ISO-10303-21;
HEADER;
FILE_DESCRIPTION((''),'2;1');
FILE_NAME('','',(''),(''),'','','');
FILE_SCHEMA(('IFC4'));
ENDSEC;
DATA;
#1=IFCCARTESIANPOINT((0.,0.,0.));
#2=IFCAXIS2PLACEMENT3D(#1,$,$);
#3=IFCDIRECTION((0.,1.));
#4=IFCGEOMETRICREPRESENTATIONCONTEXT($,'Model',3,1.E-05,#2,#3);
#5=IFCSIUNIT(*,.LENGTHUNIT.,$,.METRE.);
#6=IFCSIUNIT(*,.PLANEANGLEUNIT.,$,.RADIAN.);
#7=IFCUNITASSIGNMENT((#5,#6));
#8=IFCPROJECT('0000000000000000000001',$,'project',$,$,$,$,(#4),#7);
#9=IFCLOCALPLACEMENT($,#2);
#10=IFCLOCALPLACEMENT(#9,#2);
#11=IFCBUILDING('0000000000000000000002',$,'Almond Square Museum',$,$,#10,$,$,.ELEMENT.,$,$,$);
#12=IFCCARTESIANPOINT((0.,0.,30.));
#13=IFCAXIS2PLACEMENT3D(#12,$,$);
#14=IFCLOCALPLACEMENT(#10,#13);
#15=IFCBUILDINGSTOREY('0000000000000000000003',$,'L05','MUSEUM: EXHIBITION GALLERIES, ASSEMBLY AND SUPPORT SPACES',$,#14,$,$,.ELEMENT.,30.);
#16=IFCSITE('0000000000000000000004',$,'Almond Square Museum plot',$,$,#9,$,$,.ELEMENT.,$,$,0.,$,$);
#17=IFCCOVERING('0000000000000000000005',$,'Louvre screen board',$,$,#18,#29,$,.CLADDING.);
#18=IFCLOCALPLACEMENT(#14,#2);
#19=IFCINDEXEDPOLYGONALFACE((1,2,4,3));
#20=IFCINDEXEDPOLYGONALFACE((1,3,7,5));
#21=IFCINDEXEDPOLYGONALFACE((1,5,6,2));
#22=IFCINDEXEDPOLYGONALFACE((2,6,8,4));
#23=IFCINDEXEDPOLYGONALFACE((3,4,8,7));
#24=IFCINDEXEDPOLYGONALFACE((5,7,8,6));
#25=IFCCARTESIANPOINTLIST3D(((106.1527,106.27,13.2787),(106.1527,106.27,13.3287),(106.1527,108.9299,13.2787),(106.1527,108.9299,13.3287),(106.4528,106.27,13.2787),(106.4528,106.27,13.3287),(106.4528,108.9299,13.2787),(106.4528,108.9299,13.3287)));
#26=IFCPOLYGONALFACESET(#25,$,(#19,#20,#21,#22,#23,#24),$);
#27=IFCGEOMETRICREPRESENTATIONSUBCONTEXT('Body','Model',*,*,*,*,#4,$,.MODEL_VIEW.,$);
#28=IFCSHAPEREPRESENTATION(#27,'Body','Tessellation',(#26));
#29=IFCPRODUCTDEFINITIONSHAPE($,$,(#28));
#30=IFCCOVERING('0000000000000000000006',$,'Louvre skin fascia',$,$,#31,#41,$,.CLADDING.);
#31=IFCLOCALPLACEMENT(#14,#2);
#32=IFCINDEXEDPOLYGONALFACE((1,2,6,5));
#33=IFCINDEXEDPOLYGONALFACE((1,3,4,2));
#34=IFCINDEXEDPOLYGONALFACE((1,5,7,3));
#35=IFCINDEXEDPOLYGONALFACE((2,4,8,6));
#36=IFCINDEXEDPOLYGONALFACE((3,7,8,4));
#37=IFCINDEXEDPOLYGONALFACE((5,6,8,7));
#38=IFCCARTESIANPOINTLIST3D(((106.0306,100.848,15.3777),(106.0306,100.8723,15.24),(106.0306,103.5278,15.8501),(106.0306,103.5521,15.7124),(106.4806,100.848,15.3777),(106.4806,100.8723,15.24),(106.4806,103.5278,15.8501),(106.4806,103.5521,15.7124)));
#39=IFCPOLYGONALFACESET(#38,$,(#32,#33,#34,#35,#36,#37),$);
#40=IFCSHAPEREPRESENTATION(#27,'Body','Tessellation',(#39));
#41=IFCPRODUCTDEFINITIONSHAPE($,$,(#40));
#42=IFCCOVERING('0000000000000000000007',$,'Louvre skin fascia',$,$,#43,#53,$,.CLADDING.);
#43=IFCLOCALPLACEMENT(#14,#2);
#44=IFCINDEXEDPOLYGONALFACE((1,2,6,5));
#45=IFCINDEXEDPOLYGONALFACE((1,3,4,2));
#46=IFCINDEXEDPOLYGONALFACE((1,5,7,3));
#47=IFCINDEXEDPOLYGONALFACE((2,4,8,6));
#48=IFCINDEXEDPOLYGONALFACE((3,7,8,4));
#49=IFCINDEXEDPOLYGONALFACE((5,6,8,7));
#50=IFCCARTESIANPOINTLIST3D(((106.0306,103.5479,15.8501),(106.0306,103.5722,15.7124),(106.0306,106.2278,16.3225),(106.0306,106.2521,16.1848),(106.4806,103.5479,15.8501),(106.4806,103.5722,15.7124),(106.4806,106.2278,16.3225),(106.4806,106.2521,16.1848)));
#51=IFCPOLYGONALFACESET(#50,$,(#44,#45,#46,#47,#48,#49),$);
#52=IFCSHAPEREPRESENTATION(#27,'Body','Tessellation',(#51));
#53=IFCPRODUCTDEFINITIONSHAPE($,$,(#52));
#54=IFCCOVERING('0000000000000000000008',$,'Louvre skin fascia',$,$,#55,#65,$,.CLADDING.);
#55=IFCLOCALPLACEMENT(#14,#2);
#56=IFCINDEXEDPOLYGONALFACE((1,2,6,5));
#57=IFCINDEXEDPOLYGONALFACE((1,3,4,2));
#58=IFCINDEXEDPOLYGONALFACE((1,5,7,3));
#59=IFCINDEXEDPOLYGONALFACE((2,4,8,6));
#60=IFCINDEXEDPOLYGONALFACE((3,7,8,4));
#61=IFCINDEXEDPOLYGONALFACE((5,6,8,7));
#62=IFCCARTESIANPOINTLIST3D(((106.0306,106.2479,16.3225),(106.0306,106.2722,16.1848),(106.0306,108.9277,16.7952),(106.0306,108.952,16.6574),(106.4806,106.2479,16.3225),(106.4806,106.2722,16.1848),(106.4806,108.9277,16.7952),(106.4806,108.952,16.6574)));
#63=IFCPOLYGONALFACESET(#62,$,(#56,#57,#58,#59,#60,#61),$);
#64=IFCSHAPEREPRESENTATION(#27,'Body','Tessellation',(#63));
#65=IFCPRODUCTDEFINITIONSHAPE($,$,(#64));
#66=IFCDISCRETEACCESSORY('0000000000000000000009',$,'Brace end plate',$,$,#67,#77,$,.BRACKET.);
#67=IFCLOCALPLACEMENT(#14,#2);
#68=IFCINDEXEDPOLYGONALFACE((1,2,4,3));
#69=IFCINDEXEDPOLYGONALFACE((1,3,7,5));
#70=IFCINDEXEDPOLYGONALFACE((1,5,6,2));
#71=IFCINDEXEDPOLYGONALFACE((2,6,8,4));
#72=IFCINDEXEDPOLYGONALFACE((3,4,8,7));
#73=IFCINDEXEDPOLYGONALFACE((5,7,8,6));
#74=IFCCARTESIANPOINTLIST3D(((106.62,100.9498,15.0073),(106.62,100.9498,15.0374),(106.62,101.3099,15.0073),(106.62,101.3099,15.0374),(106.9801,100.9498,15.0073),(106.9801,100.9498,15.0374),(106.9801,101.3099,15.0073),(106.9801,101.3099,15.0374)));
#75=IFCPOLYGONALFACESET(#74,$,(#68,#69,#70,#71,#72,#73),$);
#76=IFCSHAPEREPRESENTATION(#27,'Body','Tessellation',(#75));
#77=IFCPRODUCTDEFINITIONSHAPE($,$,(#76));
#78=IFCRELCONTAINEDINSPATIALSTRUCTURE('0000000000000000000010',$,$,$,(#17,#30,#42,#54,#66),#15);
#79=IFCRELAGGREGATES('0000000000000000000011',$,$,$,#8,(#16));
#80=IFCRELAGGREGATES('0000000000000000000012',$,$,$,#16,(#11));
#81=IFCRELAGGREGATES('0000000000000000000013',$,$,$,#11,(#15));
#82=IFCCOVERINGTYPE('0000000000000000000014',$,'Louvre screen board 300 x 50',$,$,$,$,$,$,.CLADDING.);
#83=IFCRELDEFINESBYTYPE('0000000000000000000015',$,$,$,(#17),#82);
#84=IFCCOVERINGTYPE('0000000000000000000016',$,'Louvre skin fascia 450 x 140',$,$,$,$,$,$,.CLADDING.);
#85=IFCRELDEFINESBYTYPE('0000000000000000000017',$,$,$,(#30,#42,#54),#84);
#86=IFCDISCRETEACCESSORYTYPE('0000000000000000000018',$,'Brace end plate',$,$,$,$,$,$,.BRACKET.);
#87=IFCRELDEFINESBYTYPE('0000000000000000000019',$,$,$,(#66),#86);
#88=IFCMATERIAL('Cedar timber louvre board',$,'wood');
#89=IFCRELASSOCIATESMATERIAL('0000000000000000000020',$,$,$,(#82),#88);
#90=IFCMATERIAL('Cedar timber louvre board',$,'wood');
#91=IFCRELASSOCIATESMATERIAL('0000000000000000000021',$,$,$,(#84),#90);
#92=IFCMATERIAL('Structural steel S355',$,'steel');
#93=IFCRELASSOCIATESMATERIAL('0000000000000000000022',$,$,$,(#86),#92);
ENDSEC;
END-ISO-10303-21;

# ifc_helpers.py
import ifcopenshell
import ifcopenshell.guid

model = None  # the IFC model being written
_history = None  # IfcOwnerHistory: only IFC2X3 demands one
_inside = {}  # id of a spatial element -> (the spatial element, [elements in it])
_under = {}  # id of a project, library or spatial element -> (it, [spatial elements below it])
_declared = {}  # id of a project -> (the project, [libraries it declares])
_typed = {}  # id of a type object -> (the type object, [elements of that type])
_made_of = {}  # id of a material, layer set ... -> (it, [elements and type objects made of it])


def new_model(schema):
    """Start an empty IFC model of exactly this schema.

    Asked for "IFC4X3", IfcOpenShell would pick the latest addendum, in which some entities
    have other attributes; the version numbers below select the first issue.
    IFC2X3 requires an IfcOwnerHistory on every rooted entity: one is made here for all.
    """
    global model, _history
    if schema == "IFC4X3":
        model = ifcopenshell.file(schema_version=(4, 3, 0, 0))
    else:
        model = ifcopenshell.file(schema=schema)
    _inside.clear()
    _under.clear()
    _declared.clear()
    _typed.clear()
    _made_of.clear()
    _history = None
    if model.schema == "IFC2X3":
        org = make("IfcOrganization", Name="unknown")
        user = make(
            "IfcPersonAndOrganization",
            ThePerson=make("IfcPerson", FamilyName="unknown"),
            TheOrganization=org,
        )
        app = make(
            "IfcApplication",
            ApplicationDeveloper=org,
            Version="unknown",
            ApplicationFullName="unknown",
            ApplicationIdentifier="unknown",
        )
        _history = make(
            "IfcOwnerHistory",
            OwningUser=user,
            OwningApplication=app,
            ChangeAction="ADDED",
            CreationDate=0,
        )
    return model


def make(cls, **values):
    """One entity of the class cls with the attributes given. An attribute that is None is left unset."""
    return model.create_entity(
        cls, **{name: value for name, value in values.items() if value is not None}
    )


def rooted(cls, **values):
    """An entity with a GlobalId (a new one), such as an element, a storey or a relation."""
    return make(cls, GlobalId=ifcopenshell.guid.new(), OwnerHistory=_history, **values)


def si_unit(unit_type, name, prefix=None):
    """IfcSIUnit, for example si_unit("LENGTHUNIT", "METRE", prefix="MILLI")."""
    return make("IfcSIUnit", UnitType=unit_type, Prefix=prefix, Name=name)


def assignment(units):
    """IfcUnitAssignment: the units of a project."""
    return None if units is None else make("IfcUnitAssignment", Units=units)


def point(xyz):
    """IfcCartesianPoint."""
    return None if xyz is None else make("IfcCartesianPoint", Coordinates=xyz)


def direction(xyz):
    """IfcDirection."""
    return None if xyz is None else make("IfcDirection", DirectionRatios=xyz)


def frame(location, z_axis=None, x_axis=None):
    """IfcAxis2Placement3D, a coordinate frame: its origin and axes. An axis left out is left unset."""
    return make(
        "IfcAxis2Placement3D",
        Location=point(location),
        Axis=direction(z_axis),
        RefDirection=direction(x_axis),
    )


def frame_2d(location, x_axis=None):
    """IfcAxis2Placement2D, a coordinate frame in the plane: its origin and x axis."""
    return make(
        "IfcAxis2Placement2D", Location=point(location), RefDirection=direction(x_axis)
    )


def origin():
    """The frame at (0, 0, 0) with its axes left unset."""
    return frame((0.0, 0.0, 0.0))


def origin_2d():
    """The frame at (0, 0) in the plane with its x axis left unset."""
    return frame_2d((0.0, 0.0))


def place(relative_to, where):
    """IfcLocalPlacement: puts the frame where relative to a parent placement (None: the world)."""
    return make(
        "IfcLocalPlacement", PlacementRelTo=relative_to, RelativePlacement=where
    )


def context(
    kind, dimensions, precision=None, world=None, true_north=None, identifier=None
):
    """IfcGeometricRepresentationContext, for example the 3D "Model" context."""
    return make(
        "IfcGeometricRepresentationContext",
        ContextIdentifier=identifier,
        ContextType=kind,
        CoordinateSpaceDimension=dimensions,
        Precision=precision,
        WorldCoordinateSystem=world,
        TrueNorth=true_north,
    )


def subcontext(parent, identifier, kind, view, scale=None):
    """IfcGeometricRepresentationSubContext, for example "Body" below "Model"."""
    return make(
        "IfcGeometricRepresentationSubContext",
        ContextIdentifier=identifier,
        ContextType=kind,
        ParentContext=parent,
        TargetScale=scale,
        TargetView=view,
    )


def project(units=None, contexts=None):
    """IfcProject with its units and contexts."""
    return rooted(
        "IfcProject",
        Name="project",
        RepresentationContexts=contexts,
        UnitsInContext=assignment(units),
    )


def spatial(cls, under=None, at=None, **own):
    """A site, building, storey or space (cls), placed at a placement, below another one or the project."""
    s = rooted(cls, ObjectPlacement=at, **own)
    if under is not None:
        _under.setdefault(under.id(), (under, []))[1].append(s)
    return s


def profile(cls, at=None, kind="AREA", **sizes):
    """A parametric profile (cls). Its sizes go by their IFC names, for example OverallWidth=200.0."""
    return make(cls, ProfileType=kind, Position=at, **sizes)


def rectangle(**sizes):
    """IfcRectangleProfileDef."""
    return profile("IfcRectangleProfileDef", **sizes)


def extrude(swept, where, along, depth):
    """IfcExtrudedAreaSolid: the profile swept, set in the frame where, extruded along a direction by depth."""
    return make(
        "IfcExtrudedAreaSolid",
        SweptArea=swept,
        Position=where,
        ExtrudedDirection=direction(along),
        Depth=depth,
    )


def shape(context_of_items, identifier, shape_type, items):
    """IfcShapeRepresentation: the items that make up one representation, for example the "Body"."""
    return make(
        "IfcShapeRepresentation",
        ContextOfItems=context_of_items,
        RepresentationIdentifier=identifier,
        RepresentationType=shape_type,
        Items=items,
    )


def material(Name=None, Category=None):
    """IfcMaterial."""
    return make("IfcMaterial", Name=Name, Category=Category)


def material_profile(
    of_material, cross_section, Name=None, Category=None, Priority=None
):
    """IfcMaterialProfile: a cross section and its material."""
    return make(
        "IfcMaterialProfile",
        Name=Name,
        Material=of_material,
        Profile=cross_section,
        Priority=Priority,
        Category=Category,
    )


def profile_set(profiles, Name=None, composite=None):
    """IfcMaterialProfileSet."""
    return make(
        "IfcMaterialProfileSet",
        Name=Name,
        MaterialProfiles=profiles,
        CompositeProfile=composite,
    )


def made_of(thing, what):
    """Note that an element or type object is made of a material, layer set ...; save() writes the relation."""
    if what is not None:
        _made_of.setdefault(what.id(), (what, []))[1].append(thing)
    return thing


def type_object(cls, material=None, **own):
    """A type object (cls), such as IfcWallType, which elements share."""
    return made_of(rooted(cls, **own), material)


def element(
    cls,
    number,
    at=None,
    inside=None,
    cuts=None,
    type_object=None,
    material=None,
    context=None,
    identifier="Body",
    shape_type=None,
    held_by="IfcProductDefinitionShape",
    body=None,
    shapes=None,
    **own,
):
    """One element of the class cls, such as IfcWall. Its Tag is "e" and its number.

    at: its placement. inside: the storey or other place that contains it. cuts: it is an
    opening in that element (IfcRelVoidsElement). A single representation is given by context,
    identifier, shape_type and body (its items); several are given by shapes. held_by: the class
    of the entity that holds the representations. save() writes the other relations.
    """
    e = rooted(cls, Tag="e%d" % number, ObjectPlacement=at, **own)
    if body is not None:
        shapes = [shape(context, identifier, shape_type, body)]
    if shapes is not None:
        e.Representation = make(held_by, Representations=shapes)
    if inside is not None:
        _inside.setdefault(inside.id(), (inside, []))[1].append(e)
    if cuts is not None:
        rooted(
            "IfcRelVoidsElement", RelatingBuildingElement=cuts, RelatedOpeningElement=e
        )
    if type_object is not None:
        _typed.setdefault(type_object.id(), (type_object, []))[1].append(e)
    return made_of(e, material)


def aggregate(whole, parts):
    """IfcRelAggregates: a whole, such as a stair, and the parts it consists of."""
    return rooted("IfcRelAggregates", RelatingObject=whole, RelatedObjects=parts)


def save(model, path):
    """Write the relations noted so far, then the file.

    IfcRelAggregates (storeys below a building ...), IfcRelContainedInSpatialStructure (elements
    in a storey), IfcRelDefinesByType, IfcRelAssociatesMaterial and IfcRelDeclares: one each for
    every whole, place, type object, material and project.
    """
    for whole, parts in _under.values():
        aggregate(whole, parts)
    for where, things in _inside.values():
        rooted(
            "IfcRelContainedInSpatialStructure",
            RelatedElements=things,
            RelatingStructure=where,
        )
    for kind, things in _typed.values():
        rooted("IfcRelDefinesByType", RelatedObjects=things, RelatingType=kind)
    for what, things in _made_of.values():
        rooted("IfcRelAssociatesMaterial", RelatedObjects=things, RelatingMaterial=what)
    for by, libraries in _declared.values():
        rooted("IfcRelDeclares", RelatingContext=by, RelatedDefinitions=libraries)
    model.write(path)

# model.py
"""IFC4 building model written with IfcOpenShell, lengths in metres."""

from ifc_helpers import new_model, si_unit, direction, frame, origin, origin_2d, place, context, subcontext, project, spatial, rectangle, extrude, material, material_profile, profile_set, type_object, element, save


model = new_model("IFC4")

# Units and contexts
model_context = context("Model", 3, precision=1e-05, world=origin(), true_north=direction((0.0, 1.0)))
body_context = subcontext(model_context, "Body", "Model", "MODEL_VIEW")
ifc_project = project(units=[si_unit("LENGTHUNIT", "METRE"), si_unit("PLANEANGLEUNIT", "RADIAN")], contexts=[model_context])

# Site, building, storey
site_placement = place(None, origin())
site = spatial("IfcSite", under=ifc_project, at=site_placement, Name="Almond Square Museum plot", CompositionType="ELEMENT", RefElevation=0.0)
building_placement = place(site_placement, origin())
building = spatial("IfcBuilding", under=site, at=building_placement, Name="Almond Square Museum", CompositionType="ELEMENT")
storey_placement = place(building_placement, frame((0.0, 0.0, 30.0)))
storey = spatial("IfcBuildingStorey", under=building, at=storey_placement, Name="L05", Description="MUSEUM: EXHIBITION GALLERIES, ASSEMBLY AND SUPPORT SPACES", CompositionType="ELEMENT", Elevation=30.0)

# Coverings
ifc_material_1 = material(Name="Cedar timber louvre board", Category="wood")
ifc_material_profile_1 = material_profile(ifc_material_1, rectangle(XDim=0.3, YDim=0.05, at=origin_2d()))
ifc_profile_set_1 = profile_set([ifc_material_profile_1], Name="Cedar timber louvre board")
covering_type_1 = type_object("IfcCoveringType", Name="Louvre screen board 300 x 50", PredefinedType="CLADDING", material=ifc_profile_set_1)
for number, where, z_axis, x_axis, name in (
    (1, (106.3027, 106.27, 13.3037), (0.0, 1.0, 0.0), (-1.0, 0.0, 0.0), "Louvre screen board"),
):
    element("IfcCovering", number, at=place(storey_placement, frame(where, z_axis=z_axis, x_axis=x_axis)), inside=storey, type_object=covering_type_1, Name=name, PredefinedType="CLADDING", context=body_context, shape_type="SweptSolid", body=[
        extrude(rectangle(XDim=0.3, YDim=0.05, at=origin_2d()), origin(), (0.0, 0.0, 1.0), 2.6599),
    ])
ifc_material_2 = material(Name="Cedar timber louvre board", Category="wood")
ifc_material_profile_2 = material_profile(ifc_material_2, rectangle(XDim=0.45, YDim=0.1399, at=origin_2d()))
ifc_profile_set_2 = profile_set([ifc_material_profile_2], Name="Cedar timber louvre board")
covering_type_2 = type_object("IfcCoveringType", Name="Louvre skin fascia 450 x 140", PredefinedType="CLADDING", material=ifc_profile_set_2)
for number, where, z_axis, x_axis, name in (
    (2, (106.2556, 100.8601, 15.3088), (0.0, 0.984816, 0.173601), (-1.0, 0.0, 0.0), "Louvre skin fascia"),
    (3, (106.2556, 103.5601, 15.7812), (0.0, 0.984816, 0.173601), (-1.0, 0.0, 0.0), "Louvre skin fascia"),
    (4, (106.2556, 106.26, 16.2537), (0.0, 0.984801, 0.173688), (-1.0, 0.0, 0.0), "Louvre skin fascia"),
):
    element("IfcCovering", number, at=place(storey_placement, frame(where, z_axis=z_axis, x_axis=x_axis)), inside=storey, type_object=covering_type_2, Name=name, PredefinedType="CLADDING", context=body_context, shape_type="SweptSolid", body=[
        extrude(rectangle(XDim=0.45, YDim=0.1399, at=origin_2d()), origin(), (0.0, 0.0, 1.0), 2.7212),
    ])

# Discrete accessory
ifc_material_3 = material(Name="Structural steel S355", Category="steel")
discrete_accessory_type = type_object("IfcDiscreteAccessoryType", Name="Brace end plate", PredefinedType="BRACKET", material=ifc_material_3)
discrete_accessory_placement = place(storey_placement, frame((106.8, 101.1299, 15.0073), z_axis=(0.0, 0.0, 1.0), x_axis=(1.0, 0.0, 0.0)))
element("IfcDiscreteAccessory", 5, at=discrete_accessory_placement, inside=storey, type_object=discrete_accessory_type, Name="Brace end plate", PredefinedType="BRACKET", context=body_context, shape_type="SweptSolid", body=[
    extrude(rectangle(XDim=0.3601, YDim=0.3601, at=origin_2d()), origin(), (0.0, 0.0, 1.0), 0.03),
])

save(model, "model.ifc")
